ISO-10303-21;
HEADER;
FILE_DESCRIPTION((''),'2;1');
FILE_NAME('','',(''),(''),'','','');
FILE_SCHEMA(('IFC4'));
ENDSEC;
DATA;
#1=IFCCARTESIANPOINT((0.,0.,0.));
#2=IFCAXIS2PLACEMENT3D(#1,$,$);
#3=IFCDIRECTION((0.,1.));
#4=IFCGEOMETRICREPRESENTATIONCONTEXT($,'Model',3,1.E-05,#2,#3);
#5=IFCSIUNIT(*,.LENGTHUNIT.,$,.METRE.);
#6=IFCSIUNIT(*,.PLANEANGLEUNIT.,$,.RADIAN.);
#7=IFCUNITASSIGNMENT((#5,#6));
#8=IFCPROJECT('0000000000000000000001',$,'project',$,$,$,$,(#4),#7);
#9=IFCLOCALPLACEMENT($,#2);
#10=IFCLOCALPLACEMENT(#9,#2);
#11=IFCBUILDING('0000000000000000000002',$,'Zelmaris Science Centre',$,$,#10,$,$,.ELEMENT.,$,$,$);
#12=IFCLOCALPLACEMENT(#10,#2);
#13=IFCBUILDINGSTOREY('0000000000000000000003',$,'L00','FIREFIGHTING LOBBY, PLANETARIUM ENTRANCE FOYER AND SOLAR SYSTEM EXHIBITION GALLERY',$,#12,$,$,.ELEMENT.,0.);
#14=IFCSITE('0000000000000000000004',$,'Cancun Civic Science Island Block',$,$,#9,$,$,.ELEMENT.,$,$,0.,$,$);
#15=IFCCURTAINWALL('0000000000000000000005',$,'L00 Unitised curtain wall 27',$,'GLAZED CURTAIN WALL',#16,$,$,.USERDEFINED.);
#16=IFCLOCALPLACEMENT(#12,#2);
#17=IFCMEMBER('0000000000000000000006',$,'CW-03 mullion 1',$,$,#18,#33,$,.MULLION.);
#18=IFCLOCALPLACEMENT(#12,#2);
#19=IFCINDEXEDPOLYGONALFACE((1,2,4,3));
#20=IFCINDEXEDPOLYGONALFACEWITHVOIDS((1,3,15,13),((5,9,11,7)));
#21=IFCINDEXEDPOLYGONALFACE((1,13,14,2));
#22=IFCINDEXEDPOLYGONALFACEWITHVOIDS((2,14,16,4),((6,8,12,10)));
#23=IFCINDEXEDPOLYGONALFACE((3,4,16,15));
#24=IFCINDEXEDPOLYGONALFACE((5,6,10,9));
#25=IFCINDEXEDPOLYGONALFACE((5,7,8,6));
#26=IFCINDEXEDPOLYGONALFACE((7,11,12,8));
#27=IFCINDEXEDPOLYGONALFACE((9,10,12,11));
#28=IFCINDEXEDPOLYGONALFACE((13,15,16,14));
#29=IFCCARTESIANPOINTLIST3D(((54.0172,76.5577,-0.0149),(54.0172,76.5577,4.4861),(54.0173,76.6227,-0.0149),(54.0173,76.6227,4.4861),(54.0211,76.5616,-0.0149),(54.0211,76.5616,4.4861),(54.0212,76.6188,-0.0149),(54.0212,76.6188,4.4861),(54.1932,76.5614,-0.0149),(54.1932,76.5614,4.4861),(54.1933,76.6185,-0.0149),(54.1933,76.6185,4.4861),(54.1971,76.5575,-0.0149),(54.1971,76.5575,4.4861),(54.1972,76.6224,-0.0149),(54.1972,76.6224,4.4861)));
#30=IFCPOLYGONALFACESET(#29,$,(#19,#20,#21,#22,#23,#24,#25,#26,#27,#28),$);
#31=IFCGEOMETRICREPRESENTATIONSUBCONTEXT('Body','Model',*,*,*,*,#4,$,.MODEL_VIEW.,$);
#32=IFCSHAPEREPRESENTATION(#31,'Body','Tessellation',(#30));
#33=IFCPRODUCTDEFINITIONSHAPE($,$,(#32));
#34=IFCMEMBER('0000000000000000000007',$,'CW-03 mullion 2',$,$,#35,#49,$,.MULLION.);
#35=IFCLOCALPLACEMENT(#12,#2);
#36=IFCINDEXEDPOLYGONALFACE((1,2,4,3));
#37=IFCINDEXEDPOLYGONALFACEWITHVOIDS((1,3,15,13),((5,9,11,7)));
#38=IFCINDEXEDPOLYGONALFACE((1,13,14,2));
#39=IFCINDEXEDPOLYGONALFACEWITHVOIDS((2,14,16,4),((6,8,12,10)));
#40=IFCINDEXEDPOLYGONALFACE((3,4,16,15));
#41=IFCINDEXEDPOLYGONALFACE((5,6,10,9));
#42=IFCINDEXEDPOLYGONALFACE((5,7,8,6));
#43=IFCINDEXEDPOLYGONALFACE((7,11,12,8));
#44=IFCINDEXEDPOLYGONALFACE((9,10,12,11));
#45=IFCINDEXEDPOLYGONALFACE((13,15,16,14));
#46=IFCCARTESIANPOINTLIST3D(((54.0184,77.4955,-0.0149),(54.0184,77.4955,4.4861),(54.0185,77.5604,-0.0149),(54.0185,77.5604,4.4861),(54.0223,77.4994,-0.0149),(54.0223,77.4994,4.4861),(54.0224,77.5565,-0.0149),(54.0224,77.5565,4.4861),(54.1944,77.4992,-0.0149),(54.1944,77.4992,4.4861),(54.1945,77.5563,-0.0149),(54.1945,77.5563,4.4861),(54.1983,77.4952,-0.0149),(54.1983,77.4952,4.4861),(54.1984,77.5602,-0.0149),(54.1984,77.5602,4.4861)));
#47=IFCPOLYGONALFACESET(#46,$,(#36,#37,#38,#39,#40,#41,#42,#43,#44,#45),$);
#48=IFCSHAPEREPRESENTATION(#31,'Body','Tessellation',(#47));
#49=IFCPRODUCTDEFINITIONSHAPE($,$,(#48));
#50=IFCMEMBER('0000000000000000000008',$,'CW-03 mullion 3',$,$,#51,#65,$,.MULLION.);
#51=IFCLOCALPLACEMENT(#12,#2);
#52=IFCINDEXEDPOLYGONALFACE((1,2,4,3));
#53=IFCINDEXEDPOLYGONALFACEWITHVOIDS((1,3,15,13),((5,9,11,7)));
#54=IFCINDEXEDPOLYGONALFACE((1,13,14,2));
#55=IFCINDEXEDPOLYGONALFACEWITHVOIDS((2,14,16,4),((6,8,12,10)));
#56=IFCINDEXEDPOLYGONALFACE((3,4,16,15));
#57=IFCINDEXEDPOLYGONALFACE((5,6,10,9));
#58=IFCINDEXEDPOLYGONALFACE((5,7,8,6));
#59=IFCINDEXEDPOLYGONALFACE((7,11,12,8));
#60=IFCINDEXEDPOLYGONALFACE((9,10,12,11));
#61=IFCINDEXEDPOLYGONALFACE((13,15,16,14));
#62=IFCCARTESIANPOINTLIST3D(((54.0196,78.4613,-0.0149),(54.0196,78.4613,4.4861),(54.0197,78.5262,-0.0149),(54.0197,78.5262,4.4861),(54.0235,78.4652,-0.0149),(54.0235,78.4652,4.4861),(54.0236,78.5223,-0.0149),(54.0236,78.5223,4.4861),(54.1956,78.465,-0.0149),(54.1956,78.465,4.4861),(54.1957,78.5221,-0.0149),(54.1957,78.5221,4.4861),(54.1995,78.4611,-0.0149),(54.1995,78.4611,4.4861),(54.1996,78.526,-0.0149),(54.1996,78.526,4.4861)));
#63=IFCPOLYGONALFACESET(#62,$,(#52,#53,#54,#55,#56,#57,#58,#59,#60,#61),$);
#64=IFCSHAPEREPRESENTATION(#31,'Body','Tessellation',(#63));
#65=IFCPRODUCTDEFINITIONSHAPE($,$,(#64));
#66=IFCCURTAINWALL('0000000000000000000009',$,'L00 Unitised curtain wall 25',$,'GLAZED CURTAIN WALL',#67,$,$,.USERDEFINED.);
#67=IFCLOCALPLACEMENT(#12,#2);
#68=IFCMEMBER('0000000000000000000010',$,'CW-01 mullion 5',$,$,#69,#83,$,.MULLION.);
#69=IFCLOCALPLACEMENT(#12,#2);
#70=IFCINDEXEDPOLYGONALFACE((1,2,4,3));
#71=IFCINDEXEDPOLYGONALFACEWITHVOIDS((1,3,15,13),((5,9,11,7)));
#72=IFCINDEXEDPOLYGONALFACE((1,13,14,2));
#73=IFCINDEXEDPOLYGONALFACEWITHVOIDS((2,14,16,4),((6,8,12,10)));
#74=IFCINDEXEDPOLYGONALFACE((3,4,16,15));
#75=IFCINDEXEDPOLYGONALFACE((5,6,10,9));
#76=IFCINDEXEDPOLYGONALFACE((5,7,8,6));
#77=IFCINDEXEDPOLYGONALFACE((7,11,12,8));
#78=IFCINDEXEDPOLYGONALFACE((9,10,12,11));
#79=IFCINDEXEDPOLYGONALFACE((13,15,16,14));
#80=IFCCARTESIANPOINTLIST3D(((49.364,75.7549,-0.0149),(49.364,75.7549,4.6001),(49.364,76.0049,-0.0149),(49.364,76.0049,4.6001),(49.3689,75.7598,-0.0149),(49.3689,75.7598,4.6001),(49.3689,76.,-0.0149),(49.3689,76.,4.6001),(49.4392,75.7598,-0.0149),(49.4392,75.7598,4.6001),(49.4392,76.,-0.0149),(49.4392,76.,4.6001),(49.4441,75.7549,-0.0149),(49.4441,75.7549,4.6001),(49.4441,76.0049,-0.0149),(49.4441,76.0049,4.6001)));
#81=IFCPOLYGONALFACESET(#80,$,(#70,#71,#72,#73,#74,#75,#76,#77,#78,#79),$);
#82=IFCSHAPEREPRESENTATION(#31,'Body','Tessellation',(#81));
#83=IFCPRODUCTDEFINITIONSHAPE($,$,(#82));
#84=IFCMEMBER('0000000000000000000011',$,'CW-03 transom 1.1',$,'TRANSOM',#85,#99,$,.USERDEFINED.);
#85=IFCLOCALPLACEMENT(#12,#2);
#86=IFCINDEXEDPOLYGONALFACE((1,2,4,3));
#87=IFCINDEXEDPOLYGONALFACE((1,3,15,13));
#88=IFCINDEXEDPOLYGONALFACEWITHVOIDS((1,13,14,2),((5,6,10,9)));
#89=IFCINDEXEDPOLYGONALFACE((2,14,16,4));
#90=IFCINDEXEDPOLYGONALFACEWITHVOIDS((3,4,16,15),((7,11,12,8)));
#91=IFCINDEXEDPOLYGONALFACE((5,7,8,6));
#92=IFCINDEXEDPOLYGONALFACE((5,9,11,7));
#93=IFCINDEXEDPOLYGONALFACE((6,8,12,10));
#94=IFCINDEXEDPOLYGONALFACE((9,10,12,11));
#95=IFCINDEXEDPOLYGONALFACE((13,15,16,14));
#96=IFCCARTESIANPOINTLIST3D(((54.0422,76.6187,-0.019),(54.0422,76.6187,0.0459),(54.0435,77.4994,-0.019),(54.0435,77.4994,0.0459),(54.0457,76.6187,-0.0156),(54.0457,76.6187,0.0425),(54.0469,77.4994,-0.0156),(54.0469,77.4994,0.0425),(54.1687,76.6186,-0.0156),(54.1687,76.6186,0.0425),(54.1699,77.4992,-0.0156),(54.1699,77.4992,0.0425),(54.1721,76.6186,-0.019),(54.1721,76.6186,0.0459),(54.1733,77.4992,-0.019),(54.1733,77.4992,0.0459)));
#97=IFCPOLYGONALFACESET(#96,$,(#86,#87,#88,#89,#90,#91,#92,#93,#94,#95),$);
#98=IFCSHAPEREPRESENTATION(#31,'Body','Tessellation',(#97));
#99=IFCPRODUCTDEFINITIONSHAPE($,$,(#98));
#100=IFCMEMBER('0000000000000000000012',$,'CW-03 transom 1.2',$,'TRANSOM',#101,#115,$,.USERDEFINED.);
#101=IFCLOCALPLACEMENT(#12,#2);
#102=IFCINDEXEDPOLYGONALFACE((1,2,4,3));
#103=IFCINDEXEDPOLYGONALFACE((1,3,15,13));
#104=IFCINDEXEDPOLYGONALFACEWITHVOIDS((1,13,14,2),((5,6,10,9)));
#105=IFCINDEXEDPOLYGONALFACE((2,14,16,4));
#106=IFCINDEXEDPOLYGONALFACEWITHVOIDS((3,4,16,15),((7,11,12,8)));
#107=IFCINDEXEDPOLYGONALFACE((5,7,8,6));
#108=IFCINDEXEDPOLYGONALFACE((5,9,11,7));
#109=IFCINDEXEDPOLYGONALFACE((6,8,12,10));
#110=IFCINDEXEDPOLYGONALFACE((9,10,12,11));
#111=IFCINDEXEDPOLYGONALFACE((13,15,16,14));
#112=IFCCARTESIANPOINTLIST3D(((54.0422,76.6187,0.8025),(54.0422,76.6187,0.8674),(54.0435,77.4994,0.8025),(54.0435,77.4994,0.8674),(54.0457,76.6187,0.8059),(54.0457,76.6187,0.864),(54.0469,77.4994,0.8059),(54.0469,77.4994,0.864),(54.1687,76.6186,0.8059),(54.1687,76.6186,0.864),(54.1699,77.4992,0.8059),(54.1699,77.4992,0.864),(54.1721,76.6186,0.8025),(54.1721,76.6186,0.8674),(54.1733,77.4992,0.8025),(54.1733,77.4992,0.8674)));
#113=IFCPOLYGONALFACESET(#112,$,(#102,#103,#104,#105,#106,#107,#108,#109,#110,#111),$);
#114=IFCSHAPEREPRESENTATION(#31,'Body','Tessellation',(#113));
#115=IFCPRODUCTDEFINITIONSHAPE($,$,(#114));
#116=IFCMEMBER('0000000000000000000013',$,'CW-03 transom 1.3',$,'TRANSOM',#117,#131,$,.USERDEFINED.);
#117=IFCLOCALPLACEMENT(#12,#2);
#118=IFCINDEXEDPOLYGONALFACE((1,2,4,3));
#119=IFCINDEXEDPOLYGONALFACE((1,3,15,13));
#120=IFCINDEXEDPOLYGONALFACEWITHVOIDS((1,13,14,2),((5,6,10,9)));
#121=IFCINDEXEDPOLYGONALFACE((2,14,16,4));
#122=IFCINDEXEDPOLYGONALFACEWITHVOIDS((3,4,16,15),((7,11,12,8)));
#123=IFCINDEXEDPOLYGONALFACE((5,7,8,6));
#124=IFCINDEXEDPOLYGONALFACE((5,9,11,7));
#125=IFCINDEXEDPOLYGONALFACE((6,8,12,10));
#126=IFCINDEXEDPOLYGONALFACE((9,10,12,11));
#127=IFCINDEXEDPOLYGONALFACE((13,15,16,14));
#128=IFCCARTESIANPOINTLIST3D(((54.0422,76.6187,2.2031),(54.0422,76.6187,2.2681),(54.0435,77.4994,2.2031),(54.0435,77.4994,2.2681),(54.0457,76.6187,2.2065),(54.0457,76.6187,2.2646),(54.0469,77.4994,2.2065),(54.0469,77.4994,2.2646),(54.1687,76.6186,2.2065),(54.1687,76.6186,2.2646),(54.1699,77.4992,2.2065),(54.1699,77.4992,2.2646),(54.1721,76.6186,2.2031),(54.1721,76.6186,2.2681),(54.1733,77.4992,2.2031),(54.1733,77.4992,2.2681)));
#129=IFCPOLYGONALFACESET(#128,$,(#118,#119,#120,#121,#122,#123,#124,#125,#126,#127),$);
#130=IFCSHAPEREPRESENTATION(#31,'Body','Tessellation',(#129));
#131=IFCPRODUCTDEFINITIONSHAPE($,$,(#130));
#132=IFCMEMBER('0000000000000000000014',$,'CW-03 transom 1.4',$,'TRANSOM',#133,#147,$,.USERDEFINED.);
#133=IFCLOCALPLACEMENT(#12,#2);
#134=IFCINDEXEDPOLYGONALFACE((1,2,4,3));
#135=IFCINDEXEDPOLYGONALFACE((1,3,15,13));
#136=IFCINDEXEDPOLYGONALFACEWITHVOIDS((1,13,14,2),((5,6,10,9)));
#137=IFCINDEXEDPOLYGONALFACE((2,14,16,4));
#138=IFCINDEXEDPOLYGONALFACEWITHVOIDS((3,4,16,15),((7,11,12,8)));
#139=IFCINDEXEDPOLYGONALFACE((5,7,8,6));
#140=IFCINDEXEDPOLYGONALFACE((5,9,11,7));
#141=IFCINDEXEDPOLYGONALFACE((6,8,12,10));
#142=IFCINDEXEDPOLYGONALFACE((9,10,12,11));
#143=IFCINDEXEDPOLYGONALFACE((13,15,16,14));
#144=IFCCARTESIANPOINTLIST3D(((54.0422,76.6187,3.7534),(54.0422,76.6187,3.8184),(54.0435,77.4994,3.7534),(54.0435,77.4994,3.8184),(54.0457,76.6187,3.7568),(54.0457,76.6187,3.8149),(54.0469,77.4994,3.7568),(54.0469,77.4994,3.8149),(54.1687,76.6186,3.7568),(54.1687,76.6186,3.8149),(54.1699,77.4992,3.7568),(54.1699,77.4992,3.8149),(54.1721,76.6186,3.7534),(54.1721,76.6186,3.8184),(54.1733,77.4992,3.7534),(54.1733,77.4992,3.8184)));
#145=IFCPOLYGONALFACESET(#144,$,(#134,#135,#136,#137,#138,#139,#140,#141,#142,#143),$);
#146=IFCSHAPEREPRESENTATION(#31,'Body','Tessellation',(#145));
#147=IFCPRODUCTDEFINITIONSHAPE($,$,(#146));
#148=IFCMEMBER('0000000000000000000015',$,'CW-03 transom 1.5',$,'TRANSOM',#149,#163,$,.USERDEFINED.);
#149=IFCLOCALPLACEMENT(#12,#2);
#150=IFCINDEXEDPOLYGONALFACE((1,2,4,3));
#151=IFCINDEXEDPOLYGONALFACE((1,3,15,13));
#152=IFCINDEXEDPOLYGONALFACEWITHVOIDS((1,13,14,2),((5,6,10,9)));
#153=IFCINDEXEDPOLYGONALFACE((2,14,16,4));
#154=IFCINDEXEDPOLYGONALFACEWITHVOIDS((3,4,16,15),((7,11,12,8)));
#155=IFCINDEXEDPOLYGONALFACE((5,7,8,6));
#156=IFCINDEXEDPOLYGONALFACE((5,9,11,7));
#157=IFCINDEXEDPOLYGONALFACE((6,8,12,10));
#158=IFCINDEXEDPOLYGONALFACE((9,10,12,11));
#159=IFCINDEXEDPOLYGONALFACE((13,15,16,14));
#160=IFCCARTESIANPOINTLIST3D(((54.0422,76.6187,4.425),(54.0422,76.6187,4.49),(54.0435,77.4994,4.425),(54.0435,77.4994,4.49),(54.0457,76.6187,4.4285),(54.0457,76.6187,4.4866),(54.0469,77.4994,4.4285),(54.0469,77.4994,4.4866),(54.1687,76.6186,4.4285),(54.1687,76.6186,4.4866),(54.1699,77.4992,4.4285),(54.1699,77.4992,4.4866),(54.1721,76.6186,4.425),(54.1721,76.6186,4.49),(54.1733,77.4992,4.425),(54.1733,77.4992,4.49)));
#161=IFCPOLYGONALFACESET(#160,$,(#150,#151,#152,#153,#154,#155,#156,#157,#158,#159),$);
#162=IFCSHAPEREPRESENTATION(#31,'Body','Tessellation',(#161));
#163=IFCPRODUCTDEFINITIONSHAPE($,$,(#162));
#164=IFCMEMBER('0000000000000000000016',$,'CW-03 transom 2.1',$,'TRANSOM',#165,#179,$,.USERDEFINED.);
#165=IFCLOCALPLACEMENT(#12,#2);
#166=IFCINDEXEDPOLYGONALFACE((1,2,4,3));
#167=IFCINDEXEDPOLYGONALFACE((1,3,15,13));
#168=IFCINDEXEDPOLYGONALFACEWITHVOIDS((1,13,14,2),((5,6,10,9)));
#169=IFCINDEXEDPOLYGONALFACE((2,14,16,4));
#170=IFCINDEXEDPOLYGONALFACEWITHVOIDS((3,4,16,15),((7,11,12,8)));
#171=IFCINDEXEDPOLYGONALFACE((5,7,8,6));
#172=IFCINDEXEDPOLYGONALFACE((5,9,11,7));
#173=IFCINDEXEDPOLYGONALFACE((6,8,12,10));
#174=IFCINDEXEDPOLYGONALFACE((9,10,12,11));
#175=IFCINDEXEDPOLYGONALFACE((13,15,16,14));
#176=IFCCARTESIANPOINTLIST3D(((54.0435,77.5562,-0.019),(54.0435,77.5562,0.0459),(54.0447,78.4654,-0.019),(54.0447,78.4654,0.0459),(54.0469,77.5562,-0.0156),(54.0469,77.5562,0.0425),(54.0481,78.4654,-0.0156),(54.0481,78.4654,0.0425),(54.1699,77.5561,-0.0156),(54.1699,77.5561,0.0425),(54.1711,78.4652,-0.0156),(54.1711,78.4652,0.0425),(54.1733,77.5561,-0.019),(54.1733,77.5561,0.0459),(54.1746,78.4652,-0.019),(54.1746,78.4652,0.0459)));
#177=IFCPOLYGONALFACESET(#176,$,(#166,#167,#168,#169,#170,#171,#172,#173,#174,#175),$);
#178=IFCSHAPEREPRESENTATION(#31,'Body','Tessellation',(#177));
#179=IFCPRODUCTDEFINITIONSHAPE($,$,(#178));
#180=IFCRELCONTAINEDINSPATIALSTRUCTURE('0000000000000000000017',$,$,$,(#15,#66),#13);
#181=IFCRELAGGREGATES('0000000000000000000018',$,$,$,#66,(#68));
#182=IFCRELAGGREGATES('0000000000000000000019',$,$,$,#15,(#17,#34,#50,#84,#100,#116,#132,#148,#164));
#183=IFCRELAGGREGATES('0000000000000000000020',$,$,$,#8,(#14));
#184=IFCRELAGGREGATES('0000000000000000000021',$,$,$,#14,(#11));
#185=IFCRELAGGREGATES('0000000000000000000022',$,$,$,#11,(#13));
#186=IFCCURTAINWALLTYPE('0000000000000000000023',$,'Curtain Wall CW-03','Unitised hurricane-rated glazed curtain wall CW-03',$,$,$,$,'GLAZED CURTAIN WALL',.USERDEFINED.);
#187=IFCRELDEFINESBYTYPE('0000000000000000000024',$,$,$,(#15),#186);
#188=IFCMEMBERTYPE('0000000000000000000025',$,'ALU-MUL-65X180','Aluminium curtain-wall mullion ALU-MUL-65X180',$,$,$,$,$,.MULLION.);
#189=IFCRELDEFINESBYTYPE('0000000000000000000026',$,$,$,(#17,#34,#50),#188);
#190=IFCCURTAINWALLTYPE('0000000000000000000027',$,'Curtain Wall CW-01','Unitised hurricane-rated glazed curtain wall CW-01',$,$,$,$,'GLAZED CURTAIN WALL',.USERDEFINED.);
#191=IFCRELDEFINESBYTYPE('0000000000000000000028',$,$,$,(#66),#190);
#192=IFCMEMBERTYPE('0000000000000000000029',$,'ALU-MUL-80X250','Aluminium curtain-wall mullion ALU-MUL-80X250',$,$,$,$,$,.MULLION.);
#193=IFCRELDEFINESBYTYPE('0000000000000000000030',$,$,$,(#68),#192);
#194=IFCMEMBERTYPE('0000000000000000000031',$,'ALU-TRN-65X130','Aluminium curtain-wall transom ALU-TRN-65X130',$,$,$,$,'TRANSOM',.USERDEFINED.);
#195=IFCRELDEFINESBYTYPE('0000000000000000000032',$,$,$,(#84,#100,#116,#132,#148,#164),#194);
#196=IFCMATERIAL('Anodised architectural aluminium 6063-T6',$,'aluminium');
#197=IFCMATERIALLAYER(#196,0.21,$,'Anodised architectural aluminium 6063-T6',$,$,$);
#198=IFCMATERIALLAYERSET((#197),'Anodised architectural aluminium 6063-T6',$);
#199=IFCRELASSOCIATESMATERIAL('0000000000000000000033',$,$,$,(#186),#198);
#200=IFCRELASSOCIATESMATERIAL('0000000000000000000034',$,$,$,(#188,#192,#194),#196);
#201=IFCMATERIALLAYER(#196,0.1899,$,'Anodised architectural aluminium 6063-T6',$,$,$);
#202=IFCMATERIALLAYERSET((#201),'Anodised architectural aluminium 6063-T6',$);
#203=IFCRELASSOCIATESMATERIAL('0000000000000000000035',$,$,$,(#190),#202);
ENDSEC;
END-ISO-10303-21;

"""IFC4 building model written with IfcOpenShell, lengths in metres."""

from ifc_helpers import new_model, si_unit, direction, frame, origin, origin_2d, place, context, subcontext, project, spatial, hollow_rectangle, extrude, material, layer, layer_set, material_profile, profile_set, type_object, element, aggregate, save


model = new_model("IFC4")

# Units and contexts
model_context = context("Model", 3, precision=1e-05, world=origin(), true_north=direction((0.0, 1.0)))
body_context = subcontext(model_context, "Body", "Model", "MODEL_VIEW")
ifc_project = project(units=[si_unit("LENGTHUNIT", "METRE"), si_unit("PLANEANGLEUNIT", "RADIAN")], contexts=[model_context])

# Site, building, storey
site_placement = place(None, origin())
site = spatial("IfcSite", under=ifc_project, at=site_placement, Name="Cancun Civic Science Island Block", CompositionType="ELEMENT", RefElevation=0.0)
building_placement = place(site_placement, origin())
building = spatial("IfcBuilding", under=site, at=building_placement, Name="Zelmaris Science Centre", CompositionType="ELEMENT")
storey_placement = place(building_placement, origin())
storey = spatial("IfcBuildingStorey", under=building, at=storey_placement, Name="L00", Description="FIREFIGHTING LOBBY, PLANETARIUM ENTRANCE FOYER AND SOLAR SYSTEM EXHIBITION GALLERY", CompositionType="ELEMENT", Elevation=0.0)

# Curtain wall, members
ifc_material_1 = material(Name="Anodised architectural aluminium 6063-T6", Category="aluminium")
ifc_layer_1 = layer(ifc_material_1, 0.21, Name="Anodised architectural aluminium 6063-T6")
ifc_layer_set_1 = layer_set([ifc_layer_1], Name="Anodised architectural aluminium 6063-T6")
curtain_wall_type_1 = type_object("IfcCurtainWallType", Name="Curtain Wall CW-03", Description="Unitised hurricane-rated glazed curtain wall CW-03", ElementType="GLAZED CURTAIN WALL", PredefinedType="USERDEFINED", material=ifc_layer_set_1)
curtain_wall_1_placement = place(storey_placement, origin())
curtain_wall_1 = element("IfcCurtainWall", 1, at=curtain_wall_1_placement, inside=storey, type_object=curtain_wall_type_1, Name="L00 Unitised curtain wall 27", ObjectType="GLAZED CURTAIN WALL", PredefinedType="USERDEFINED")
ifc_material_profile_1 = material_profile(ifc_material_1, hollow_rectangle(XDim=0.0649, YDim=0.1799, WallThickness=0.0039, at=origin_2d()), Name="ALU-MUL-65X180")
ifc_profile_set_1 = profile_set([ifc_material_profile_1], Name="Anodised architectural aluminium 6063-T6")
member_type_1 = type_object("IfcMemberType", Name="ALU-MUL-65X180", Description="Aluminium curtain-wall mullion ALU-MUL-65X180", PredefinedType="MULLION", material=ifc_profile_set_1)
member_1_placement = place(storey_placement, frame((54.1072, 76.5901, -0.0149), z_axis=(0.0, 0.0, 1.0), x_axis=(0.001307, 0.999999, 0.0)))
member_1 = element("IfcMember", 2, at=member_1_placement, type_object=member_type_1, Name="CW-03 mullion 1", PredefinedType="MULLION", context=body_context, shape_type="SweptSolid", body=[
    extrude(hollow_rectangle(XDim=0.0649, YDim=0.1799, WallThickness=0.0039, at=origin_2d()), origin(), (0.0, 0.0, 1.0), 4.501),
])
member_2_placement = place(storey_placement, frame((54.1084, 77.5278, -0.0149), z_axis=(0.0, 0.0, 1.0), x_axis=(0.001307, 0.999999, 0.0)))
member_2 = element("IfcMember", 3, at=member_2_placement, type_object=member_type_1, Name="CW-03 mullion 2", PredefinedType="MULLION", context=body_context, shape_type="SweptSolid", body=[
    extrude(hollow_rectangle(XDim=0.0649, YDim=0.1799, WallThickness=0.0039, at=origin_2d()), origin(), (0.0, 0.0, 1.0), 4.501),
])
member_3_placement = place(storey_placement, frame((54.1096, 78.4937, -0.0149), z_axis=(0.0, 0.0, 1.0), x_axis=(0.001307, 0.999999, 0.0)))
member_3 = element("IfcMember", 4, at=member_3_placement, type_object=member_type_1, Name="CW-03 mullion 3", PredefinedType="MULLION", context=body_context, shape_type="SweptSolid", body=[
    extrude(hollow_rectangle(XDim=0.0649, YDim=0.1799, WallThickness=0.0039, at=origin_2d()), origin(), (0.0, 0.0, 1.0), 4.501),
])

# Curtain wall, member
ifc_layer_2 = layer(ifc_material_1, 0.1899, Name="Anodised architectural aluminium 6063-T6")
ifc_layer_set_2 = layer_set([ifc_layer_2], Name="Anodised architectural aluminium 6063-T6")
curtain_wall_type_2 = type_object("IfcCurtainWallType", Name="Curtain Wall CW-01", Description="Unitised hurricane-rated glazed curtain wall CW-01", ElementType="GLAZED CURTAIN WALL", PredefinedType="USERDEFINED", material=ifc_layer_set_2)
curtain_wall_2_placement = place(storey_placement, origin())
curtain_wall_2 = element("IfcCurtainWall", 5, at=curtain_wall_2_placement, inside=storey, type_object=curtain_wall_type_2, Name="L00 Unitised curtain wall 25", ObjectType="GLAZED CURTAIN WALL", PredefinedType="USERDEFINED")
ifc_material_profile_2 = material_profile(ifc_material_1, hollow_rectangle(XDim=0.0801, YDim=0.25, WallThickness=0.0049, at=origin_2d()), Name="ALU-MUL-80X250")
ifc_profile_set_2 = profile_set([ifc_material_profile_2], Name="Anodised architectural aluminium 6063-T6")
member_type_2 = type_object("IfcMemberType", Name="ALU-MUL-80X250", Description="Aluminium curtain-wall mullion ALU-MUL-80X250", PredefinedType="MULLION", material=ifc_profile_set_2)
member_4_placement = place(storey_placement, frame((49.4041, 75.8799, -0.0149), z_axis=(0.0, 0.0, 1.0), x_axis=(1.0, 0.0, 0.0)))
member_4 = element("IfcMember", 6, at=member_4_placement, type_object=member_type_2, Name="CW-01 mullion 5", PredefinedType="MULLION", context=body_context, shape_type="SweptSolid", body=[
    extrude(hollow_rectangle(XDim=0.0801, YDim=0.25, WallThickness=0.0049, at=origin_2d()), origin(), (0.0, 0.0, 1.0), 4.615),
])

# Members
ifc_material_profile_3 = material_profile(ifc_material_1, hollow_rectangle(XDim=0.0649, YDim=0.1299, WallThickness=0.0034, at=origin_2d()), Name="ALU-TRN-65X130")
ifc_profile_set_3 = profile_set([ifc_material_profile_3], Name="Anodised architectural aluminium 6063-T6")
member_type_3 = type_object("IfcMemberType", Name="ALU-TRN-65X130", Description="Aluminium curtain-wall transom ALU-TRN-65X130", ElementType="TRANSOM", PredefinedType="USERDEFINED", material=ifc_profile_set_3)
member_5_placement = place(storey_placement, frame((54.1072, 76.6187, 0.0134), z_axis=(0.001386, 0.999999, 0.0), x_axis=(0.0, 0.0, 1.0)))
member_5 = element("IfcMember", 7, at=member_5_placement, type_object=member_type_3, Name="CW-03 transom 1.1", ObjectType="TRANSOM", PredefinedType="USERDEFINED", context=body_context, shape_type="SweptSolid", body=[
    extrude(hollow_rectangle(XDim=0.0649, YDim=0.1299, WallThickness=0.0034, at=origin_2d()), origin(), (0.0, 0.0, 1.0), 0.8806),
])
member_6_placement = place(storey_placement, frame((54.1072, 76.6187, 0.835), z_axis=(0.001386, 0.999999, 0.0), x_axis=(0.0, 0.0, 1.0)))
member_6 = element("IfcMember", 8, at=member_6_placement, type_object=member_type_3, Name="CW-03 transom 1.2", ObjectType="TRANSOM", PredefinedType="USERDEFINED", context=body_context, shape_type="SweptSolid", body=[
    extrude(hollow_rectangle(XDim=0.0649, YDim=0.1299, WallThickness=0.0034, at=origin_2d()), origin(), (0.0, 0.0, 1.0), 0.8806),
])
member_7_placement = place(storey_placement, frame((54.1072, 76.6187, 2.2356), z_axis=(0.001386, 0.999999, 0.0), x_axis=(0.0, 0.0, 1.0)))
member_7 = element("IfcMember", 9, at=member_7_placement, type_object=member_type_3, Name="CW-03 transom 1.3", ObjectType="TRANSOM", PredefinedType="USERDEFINED", context=body_context, shape_type="SweptSolid", body=[
    extrude(hollow_rectangle(XDim=0.0649, YDim=0.1299, WallThickness=0.0034, at=origin_2d()), origin(), (0.0, 0.0, 1.0), 0.8806),
])
member_8_placement = place(storey_placement, frame((54.1072, 76.6187, 3.7859), z_axis=(0.001386, 0.999999, 0.0), x_axis=(0.0, 0.0, 1.0)))
member_8 = element("IfcMember", 10, at=member_8_placement, type_object=member_type_3, Name="CW-03 transom 1.4", ObjectType="TRANSOM", PredefinedType="USERDEFINED", context=body_context, shape_type="SweptSolid", body=[
    extrude(hollow_rectangle(XDim=0.0649, YDim=0.1299, WallThickness=0.0034, at=origin_2d()), origin(), (0.0, 0.0, 1.0), 0.8806),
])
member_9_placement = place(storey_placement, frame((54.1072, 76.6187, 4.4575), z_axis=(0.001386, 0.999999, 0.0), x_axis=(0.0, 0.0, 1.0)))
member_9 = element("IfcMember", 11, at=member_9_placement, type_object=member_type_3, Name="CW-03 transom 1.5", ObjectType="TRANSOM", PredefinedType="USERDEFINED", context=body_context, shape_type="SweptSolid", body=[
    extrude(hollow_rectangle(XDim=0.0649, YDim=0.1299, WallThickness=0.0034, at=origin_2d()), origin(), (0.0, 0.0, 1.0), 0.8806),
])
member_10_placement = place(storey_placement, frame((54.1084, 77.5562, 0.0134), z_axis=(0.001343, 0.999999, 0.0), x_axis=(0.0, 0.0, 1.0)))
member_10 = element("IfcMember", 12, at=member_10_placement, type_object=member_type_3, Name="CW-03 transom 2.1", ObjectType="TRANSOM", PredefinedType="USERDEFINED", context=body_context, shape_type="SweptSolid", body=[
    extrude(hollow_rectangle(XDim=0.0649, YDim=0.1299, WallThickness=0.0034, at=origin_2d()), origin(), (0.0, 0.0, 1.0), 0.9092),
])

aggregate(curtain_wall_2, [member_4])
aggregate(curtain_wall_1, [member_1, member_2, member_3, member_5, member_6, member_7, member_8, member_9, member_10])

save(model, "model.ifc")
